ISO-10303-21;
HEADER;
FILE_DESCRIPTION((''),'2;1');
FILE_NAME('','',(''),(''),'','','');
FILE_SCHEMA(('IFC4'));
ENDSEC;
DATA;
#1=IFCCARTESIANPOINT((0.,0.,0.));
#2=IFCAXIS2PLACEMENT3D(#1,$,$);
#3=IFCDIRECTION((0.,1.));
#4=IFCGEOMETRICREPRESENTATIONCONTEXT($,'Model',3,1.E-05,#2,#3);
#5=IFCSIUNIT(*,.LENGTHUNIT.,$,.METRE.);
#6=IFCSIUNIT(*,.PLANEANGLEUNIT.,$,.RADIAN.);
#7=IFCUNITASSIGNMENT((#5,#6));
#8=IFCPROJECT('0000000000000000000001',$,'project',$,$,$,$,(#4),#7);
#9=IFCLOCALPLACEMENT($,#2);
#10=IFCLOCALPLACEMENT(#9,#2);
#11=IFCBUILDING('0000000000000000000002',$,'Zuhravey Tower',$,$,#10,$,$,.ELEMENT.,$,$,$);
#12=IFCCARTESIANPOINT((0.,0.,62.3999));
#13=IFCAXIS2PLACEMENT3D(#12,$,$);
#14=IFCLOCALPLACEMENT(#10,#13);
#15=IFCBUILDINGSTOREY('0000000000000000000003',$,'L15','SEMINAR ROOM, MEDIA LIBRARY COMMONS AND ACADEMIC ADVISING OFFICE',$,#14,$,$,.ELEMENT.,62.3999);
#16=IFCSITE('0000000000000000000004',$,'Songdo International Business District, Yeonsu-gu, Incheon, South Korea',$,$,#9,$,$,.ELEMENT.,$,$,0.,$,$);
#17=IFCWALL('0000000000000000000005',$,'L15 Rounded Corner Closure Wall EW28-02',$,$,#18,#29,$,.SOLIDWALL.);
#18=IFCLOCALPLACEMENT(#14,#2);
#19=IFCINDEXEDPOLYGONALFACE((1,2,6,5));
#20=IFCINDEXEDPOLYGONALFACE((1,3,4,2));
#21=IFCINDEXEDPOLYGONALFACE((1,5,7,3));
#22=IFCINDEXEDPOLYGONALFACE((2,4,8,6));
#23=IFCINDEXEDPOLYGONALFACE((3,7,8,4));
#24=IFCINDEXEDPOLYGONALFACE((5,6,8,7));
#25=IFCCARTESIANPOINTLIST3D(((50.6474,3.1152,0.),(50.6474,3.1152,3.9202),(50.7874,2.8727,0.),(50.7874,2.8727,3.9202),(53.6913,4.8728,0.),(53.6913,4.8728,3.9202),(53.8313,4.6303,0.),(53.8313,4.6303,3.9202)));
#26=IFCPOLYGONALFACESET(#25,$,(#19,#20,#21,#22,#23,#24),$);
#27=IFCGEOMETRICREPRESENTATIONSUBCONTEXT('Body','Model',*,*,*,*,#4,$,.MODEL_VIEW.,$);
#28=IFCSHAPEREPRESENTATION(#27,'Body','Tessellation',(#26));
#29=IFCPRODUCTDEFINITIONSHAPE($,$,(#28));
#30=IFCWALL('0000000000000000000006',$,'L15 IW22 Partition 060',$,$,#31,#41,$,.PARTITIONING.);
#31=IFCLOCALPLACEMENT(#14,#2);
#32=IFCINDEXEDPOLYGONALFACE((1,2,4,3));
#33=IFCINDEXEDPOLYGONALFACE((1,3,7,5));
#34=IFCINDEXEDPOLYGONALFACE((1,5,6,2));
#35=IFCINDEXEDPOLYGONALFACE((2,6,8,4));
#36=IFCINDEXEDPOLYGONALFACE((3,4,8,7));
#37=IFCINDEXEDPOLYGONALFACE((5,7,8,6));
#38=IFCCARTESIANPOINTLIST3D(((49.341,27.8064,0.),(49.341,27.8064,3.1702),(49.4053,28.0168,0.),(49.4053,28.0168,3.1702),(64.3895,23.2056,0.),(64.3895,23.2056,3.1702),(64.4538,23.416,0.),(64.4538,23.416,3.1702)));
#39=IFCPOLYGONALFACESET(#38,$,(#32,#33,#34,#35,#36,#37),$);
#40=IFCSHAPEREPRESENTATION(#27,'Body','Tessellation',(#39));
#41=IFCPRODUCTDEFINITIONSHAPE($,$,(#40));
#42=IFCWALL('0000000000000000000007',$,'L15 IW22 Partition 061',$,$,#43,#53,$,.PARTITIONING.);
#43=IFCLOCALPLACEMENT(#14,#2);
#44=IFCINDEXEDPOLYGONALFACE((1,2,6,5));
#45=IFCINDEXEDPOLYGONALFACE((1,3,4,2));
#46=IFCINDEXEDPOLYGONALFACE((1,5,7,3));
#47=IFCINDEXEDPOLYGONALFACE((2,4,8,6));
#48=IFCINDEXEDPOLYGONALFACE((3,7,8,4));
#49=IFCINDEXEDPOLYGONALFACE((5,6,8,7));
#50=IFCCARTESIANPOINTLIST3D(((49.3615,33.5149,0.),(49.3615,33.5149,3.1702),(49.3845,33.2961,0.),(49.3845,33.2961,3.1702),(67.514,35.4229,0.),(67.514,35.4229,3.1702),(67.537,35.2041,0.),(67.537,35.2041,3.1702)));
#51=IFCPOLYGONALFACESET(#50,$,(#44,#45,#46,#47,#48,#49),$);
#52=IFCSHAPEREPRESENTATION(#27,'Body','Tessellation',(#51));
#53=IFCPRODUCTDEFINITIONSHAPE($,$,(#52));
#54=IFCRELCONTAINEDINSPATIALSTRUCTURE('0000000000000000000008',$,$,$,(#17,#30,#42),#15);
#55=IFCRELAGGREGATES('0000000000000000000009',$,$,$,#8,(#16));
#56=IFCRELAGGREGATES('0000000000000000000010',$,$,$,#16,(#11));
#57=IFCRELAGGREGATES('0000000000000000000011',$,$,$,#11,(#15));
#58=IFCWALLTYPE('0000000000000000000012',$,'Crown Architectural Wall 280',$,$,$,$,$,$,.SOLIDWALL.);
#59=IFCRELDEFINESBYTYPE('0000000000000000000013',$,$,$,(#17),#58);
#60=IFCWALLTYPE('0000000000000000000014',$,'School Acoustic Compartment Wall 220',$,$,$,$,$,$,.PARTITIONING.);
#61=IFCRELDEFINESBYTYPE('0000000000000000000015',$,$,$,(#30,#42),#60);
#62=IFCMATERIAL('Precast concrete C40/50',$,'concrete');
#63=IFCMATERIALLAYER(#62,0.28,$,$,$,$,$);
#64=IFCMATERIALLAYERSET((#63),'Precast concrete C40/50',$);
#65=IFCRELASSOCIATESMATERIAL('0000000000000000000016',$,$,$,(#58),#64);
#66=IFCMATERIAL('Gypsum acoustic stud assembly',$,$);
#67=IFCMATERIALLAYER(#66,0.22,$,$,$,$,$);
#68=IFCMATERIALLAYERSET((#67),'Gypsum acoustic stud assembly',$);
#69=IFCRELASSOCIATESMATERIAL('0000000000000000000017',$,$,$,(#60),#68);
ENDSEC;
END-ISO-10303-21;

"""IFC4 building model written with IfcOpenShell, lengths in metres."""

from ifc_helpers import new_model, si_unit, direction, frame, frame_2d, origin, place, context, subcontext, project, spatial, rectangle, extrude, material, layer, layer_set, type_object, element, save


model = new_model("IFC4")

# Units and contexts
model_context = context("Model", 3, precision=1e-05, world=origin(), true_north=direction((0.0, 1.0)))
body_context = subcontext(model_context, "Body", "Model", "MODEL_VIEW")
ifc_project = project(units=[si_unit("LENGTHUNIT", "METRE"), si_unit("PLANEANGLEUNIT", "RADIAN")], contexts=[model_context])

# Site, building, storey
site_placement = place(None, origin())
site = spatial("IfcSite", under=ifc_project, at=site_placement, Name="Songdo International Business District, Yeonsu-gu, Incheon, South Korea", CompositionType="ELEMENT", RefElevation=0.0)
building_placement = place(site_placement, origin())
building = spatial("IfcBuilding", under=site, at=building_placement, Name="Zuhravey Tower", CompositionType="ELEMENT")
storey_placement = place(building_placement, frame((0.0, 0.0, 62.3999)))
storey = spatial("IfcBuildingStorey", under=building, at=storey_placement, Name="L15", Description="SEMINAR ROOM, MEDIA LIBRARY COMMONS AND ACADEMIC ADVISING OFFICE", CompositionType="ELEMENT", Elevation=62.3999)

# Walls
ifc_material_1 = material(Name="Precast concrete C40/50", Category="concrete")
ifc_layer_1 = layer(ifc_material_1, 0.28)
ifc_layer_set_1 = layer_set([ifc_layer_1], Name="Precast concrete C40/50")
wall_type_1 = type_object("IfcWallType", Name="Crown Architectural Wall 280", PredefinedType="SOLIDWALL", material=ifc_layer_set_1)
wall_1_placement = place(storey_placement, frame((53.7612, 4.7515, 0.0), z_axis=(0.0, 0.0, 1.0), x_axis=(-0.866007, -0.500031, 0.0)))
element("IfcWall", 1, at=wall_1_placement, inside=storey, type_object=wall_type_1, Name="L15 Rounded Corner Closure Wall EW28-02", PredefinedType="SOLIDWALL", context=body_context, shape_type="SweptSolid", body=[
    extrude(rectangle(XDim=3.5149, YDim=0.28, at=frame_2d((1.7573, 0.0))), origin(), (0.0, 0.0, 1.0), 3.9202),
])
ifc_material_2 = material(Name="Gypsum acoustic stud assembly")
ifc_layer_2 = layer(ifc_material_2, 0.22)
ifc_layer_set_2 = layer_set([ifc_layer_2], Name="Gypsum acoustic stud assembly")
wall_type_2 = type_object("IfcWallType", Name="School Acoustic Compartment Wall 220", PredefinedType="PARTITIONING", material=ifc_layer_set_2)
wall_2_placement = place(storey_placement, frame((49.373, 27.9116, 0.0), z_axis=(0.0, 0.0, 1.0), x_axis=(0.956304, -0.292373, 0.0)))
element("IfcWall", 2, at=wall_2_placement, inside=storey, type_object=wall_type_2, Name="L15 IW22 Partition 060", PredefinedType="PARTITIONING", context=body_context, shape_type="SweptSolid", body=[
    extrude(rectangle(XDim=15.7361, YDim=0.22, at=frame_2d((7.8682, 0.0))), origin(), (0.0, 0.0, 1.0), 3.1702),
])
wall_3_placement = place(storey_placement, frame((49.373, 33.4055, 0.0), z_axis=(0.0, 0.0, 1.0), x_axis=(0.994521, 0.104532, 0.0)))
element("IfcWall", 3, at=wall_3_placement, inside=storey, type_object=wall_type_2, Name="L15 IW22 Partition 061", PredefinedType="PARTITIONING", context=body_context, shape_type="SweptSolid", body=[
    extrude(rectangle(XDim=18.2524, YDim=0.22, at=frame_2d((9.1262, 0.0))), origin(), (0.0, 0.0, 1.0), 3.1702),
])

save(model, "model.ifc")
